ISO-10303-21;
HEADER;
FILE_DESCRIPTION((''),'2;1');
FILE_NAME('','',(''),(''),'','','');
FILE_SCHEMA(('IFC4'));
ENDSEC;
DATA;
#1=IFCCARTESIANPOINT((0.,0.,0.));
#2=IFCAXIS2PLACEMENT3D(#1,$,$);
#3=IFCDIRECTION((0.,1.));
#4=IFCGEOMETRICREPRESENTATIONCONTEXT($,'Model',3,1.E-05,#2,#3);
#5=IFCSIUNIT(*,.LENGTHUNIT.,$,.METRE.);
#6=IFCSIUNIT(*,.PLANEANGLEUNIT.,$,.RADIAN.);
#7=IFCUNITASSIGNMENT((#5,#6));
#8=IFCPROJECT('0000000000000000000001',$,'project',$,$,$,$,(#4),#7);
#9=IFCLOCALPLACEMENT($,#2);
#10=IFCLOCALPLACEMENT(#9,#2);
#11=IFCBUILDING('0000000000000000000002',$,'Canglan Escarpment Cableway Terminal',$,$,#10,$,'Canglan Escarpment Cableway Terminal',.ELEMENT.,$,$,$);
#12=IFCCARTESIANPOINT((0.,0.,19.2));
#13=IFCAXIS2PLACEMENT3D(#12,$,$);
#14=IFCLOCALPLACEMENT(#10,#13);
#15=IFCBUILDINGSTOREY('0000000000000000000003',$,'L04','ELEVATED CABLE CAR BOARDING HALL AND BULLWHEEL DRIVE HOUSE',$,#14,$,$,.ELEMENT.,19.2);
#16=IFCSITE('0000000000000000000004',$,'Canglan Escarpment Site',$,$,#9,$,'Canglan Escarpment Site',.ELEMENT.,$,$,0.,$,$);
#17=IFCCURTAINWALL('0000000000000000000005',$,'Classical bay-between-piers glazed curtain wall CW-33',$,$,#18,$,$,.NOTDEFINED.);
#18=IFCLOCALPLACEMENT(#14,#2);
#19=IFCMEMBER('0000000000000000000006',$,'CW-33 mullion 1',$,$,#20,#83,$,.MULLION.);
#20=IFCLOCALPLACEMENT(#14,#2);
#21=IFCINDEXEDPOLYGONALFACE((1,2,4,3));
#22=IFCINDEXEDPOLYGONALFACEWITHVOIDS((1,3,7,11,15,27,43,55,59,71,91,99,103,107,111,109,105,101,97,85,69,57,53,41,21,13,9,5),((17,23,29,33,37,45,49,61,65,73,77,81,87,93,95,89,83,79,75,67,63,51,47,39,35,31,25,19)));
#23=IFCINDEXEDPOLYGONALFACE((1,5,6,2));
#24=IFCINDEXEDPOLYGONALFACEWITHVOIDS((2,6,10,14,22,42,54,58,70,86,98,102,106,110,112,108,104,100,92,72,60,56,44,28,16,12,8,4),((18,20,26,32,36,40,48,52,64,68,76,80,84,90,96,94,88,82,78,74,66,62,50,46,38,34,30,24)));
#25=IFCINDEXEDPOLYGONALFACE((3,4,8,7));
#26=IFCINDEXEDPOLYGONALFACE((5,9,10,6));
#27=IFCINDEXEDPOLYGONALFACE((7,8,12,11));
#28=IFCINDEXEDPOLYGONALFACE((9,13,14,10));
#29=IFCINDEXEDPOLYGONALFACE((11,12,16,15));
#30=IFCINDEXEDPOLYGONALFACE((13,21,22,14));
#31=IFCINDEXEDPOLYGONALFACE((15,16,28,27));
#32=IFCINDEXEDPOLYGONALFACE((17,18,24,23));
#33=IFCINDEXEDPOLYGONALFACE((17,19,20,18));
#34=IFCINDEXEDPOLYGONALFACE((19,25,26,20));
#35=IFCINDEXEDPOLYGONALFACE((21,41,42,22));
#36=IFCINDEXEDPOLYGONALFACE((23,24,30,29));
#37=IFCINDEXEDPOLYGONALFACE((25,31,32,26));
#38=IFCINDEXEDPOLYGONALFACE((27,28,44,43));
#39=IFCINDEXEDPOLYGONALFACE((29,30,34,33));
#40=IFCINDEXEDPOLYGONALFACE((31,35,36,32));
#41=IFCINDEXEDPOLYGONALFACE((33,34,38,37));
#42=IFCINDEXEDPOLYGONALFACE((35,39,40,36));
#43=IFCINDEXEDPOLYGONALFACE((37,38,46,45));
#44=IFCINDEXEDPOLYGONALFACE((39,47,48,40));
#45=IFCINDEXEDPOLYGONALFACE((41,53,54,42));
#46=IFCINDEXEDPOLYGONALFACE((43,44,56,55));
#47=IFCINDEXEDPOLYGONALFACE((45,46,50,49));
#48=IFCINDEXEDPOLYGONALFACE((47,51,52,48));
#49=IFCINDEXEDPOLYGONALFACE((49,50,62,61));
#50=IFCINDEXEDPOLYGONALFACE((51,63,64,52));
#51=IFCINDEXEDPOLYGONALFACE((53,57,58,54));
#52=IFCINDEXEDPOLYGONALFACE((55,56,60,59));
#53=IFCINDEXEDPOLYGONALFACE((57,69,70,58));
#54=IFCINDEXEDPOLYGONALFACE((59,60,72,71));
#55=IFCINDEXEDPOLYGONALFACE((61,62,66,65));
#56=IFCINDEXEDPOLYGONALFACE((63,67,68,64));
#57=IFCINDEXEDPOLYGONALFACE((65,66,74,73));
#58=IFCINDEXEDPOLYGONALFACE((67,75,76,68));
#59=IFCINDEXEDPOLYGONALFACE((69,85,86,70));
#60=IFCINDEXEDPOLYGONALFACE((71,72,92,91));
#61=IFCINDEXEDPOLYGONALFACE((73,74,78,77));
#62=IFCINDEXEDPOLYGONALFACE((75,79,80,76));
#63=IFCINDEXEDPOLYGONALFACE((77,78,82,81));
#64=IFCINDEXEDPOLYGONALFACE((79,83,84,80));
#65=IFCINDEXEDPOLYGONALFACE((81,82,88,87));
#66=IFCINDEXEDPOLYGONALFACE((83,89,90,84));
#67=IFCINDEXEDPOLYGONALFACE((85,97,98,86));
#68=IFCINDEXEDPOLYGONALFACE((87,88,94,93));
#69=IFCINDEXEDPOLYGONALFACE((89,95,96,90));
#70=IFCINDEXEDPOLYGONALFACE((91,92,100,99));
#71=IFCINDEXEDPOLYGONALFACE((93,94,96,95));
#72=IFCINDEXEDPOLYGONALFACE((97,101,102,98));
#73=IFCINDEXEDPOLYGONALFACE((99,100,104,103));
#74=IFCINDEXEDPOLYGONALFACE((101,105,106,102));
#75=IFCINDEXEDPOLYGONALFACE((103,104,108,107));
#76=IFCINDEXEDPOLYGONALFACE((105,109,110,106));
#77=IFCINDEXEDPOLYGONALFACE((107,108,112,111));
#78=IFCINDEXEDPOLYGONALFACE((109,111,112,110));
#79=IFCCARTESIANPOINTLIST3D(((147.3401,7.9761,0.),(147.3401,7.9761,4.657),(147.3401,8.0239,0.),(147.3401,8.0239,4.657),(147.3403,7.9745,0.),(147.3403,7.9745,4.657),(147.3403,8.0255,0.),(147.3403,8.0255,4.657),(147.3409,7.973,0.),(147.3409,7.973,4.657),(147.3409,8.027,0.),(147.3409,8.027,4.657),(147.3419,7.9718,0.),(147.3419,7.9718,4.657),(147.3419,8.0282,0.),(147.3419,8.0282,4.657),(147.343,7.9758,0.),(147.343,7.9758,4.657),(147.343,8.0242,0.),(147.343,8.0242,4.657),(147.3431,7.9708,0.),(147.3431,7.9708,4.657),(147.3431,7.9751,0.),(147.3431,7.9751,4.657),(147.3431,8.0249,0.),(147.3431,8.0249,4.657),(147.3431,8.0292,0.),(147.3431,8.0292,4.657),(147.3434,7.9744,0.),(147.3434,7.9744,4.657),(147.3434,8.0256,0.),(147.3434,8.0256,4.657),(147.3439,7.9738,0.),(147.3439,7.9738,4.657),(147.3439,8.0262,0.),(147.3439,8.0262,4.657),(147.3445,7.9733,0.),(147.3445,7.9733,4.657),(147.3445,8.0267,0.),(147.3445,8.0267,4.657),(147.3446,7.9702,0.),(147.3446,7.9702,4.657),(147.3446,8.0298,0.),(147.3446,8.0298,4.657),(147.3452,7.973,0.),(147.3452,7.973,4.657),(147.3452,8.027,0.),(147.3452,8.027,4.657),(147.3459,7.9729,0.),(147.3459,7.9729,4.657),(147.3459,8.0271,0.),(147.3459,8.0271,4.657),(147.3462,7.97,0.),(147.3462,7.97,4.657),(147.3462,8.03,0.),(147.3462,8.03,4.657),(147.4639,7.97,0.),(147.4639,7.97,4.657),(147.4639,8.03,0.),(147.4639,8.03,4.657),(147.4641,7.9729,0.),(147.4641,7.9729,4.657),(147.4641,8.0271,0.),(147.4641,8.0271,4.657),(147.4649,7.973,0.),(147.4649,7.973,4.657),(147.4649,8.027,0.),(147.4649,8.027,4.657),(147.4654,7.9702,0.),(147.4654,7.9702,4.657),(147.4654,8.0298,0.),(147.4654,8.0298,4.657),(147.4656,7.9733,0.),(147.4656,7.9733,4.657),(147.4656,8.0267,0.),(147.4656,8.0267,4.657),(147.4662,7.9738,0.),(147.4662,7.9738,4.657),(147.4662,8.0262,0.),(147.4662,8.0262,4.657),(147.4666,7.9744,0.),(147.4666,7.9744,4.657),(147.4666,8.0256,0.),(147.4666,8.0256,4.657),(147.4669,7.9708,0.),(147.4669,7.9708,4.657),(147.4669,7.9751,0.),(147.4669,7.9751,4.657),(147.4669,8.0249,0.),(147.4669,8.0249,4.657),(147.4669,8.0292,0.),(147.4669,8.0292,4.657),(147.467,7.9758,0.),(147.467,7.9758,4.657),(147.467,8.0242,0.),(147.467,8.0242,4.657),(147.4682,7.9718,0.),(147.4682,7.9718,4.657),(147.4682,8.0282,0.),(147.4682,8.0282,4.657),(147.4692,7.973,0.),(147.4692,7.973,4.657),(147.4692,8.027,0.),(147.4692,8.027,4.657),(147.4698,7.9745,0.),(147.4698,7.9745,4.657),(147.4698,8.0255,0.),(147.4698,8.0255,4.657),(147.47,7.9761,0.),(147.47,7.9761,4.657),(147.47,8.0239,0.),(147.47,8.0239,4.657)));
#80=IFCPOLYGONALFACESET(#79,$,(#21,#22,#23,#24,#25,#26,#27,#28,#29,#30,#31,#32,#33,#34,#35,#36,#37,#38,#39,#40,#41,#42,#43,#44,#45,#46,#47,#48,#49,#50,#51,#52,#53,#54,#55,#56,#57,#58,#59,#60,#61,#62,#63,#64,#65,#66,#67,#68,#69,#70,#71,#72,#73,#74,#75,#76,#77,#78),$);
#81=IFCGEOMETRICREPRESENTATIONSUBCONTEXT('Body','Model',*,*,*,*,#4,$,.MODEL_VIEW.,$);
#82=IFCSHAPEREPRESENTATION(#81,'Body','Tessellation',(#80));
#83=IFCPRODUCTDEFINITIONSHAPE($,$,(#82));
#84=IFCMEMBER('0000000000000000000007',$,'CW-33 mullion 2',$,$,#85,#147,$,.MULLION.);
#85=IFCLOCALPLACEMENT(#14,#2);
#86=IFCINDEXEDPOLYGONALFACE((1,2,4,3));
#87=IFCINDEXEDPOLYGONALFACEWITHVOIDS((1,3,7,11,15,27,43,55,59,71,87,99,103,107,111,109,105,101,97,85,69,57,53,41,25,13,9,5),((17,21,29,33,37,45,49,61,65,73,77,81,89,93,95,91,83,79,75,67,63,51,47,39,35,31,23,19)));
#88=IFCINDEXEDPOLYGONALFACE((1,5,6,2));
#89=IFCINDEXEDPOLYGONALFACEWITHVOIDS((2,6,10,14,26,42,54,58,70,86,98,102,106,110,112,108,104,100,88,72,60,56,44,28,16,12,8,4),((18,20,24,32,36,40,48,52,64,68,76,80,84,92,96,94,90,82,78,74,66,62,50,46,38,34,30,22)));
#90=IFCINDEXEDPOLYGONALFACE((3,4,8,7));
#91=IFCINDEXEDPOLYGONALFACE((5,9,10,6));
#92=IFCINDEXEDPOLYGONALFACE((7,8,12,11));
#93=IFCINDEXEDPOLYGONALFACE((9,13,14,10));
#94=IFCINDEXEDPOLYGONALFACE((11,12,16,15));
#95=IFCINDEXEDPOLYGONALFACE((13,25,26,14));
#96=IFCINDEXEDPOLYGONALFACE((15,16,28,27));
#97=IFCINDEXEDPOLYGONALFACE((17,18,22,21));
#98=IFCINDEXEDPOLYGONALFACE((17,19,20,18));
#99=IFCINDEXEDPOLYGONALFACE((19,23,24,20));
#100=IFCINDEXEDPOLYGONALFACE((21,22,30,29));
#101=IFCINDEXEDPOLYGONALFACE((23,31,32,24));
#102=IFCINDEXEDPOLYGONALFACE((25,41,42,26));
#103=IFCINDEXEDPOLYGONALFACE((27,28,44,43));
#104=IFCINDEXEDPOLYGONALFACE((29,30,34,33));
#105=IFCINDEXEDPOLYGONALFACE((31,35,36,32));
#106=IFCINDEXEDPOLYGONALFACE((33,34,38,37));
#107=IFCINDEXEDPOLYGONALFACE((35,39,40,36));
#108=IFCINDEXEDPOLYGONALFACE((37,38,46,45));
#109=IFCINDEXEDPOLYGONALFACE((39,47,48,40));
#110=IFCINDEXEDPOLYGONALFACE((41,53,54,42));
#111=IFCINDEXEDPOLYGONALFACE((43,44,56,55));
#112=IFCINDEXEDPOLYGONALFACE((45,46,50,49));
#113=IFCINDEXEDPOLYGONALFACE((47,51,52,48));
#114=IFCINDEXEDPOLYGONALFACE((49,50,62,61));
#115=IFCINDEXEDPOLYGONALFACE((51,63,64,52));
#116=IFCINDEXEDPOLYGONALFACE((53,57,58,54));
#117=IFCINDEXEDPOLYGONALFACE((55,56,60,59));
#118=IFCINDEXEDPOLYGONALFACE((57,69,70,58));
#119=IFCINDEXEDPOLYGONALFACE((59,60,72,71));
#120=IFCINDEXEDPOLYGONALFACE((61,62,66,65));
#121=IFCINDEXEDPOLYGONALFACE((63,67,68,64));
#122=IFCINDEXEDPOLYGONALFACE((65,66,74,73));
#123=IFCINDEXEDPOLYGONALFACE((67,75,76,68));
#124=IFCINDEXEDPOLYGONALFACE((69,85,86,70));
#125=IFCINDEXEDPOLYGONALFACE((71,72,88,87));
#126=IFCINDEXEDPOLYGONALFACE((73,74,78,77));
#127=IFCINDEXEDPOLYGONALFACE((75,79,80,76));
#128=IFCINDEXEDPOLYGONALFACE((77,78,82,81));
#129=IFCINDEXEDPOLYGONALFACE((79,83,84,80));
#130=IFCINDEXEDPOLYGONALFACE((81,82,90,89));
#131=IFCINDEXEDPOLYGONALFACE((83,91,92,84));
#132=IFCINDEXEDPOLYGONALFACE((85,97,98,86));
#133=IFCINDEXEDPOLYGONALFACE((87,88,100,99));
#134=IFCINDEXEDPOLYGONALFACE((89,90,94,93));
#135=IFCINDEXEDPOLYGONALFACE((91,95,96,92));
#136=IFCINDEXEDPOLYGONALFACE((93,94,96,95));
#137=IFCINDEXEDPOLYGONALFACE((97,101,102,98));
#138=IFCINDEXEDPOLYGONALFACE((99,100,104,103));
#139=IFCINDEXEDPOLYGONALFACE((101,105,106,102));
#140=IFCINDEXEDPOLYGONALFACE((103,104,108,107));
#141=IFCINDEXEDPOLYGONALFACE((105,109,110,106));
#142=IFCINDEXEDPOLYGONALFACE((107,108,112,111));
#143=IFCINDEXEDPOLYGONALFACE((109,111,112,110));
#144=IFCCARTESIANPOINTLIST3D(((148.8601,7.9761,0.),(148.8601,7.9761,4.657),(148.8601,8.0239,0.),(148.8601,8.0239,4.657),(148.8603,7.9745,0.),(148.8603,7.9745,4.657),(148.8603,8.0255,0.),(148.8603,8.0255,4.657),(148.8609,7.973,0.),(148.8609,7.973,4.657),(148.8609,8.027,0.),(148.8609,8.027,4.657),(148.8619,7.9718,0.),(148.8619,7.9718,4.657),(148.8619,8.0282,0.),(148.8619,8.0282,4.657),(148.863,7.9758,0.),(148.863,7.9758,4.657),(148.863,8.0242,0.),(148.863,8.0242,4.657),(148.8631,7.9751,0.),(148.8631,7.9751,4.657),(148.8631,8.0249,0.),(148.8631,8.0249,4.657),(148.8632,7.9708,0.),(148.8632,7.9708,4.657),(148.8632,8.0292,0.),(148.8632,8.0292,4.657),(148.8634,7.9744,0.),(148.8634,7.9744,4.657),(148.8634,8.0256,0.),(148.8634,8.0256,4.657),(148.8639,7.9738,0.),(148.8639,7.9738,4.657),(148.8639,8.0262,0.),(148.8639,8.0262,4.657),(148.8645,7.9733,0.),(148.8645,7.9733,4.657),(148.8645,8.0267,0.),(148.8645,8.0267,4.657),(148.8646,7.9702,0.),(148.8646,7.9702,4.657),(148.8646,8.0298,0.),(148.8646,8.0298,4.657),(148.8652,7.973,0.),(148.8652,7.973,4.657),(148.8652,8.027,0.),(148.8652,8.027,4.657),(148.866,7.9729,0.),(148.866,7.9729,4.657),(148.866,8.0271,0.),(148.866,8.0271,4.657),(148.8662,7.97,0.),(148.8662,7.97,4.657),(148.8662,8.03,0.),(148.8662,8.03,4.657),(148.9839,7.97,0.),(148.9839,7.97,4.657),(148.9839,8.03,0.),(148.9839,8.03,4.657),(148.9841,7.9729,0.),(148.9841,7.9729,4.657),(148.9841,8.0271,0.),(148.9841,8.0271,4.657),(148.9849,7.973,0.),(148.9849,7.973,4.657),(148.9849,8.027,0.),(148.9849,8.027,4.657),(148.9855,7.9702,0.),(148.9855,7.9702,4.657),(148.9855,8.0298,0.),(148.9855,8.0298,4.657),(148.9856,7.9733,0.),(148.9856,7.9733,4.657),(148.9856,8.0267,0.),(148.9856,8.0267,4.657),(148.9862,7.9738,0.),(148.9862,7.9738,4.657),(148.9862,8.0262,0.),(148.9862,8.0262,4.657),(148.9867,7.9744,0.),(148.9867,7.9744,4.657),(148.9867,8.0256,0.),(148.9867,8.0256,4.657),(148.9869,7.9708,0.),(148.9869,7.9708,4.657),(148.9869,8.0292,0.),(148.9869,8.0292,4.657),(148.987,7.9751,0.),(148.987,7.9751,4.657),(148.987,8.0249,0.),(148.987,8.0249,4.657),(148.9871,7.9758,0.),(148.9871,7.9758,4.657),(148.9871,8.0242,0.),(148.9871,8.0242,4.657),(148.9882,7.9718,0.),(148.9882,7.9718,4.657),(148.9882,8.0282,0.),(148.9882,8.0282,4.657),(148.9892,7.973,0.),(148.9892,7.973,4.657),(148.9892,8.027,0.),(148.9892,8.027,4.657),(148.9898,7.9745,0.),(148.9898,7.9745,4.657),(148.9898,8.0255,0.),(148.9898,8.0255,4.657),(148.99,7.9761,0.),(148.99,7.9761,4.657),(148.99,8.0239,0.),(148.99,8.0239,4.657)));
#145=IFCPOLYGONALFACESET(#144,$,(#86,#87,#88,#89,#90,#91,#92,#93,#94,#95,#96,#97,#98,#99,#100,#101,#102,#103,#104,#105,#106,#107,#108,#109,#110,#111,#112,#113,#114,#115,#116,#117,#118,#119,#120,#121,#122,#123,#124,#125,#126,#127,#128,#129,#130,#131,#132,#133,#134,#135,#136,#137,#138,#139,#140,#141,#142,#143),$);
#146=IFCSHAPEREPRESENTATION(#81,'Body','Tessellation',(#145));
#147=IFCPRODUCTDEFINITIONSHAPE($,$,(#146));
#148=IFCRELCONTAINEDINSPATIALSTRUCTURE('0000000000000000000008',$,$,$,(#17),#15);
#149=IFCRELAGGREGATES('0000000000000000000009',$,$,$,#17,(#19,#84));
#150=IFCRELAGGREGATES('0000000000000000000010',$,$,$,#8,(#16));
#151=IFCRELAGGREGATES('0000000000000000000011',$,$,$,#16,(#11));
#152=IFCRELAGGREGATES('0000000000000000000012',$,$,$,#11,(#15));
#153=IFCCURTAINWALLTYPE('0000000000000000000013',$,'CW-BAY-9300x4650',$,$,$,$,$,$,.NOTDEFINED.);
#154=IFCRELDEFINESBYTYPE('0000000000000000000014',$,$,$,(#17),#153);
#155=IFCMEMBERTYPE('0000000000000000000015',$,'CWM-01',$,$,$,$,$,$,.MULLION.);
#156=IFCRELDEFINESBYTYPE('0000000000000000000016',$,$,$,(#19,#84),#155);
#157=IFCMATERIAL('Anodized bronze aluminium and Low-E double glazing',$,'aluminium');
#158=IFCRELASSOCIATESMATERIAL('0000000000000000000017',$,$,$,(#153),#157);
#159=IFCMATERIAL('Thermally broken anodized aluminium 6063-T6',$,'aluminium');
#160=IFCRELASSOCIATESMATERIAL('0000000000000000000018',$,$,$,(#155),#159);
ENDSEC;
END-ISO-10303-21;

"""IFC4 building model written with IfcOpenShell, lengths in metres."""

from ifc_helpers import new_model, si_unit, direction, frame, origin, origin_2d, place, context, subcontext, project, spatial, hollow_rectangle, extrude, material, material_profile, profile_set, type_object, element, aggregate, save


model = new_model("IFC4")

# Units and contexts
model_context = context("Model", 3, precision=1e-05, world=origin(), true_north=direction((0.0, 1.0)))
body_context = subcontext(model_context, "Body", "Model", "MODEL_VIEW")
ifc_project = project(units=[si_unit("LENGTHUNIT", "METRE"), si_unit("PLANEANGLEUNIT", "RADIAN")], contexts=[model_context])

# Site, building, storey
site_placement = place(None, origin())
site = spatial("IfcSite", under=ifc_project, at=site_placement, Name="Canglan Escarpment Site", LongName="Canglan Escarpment Site", CompositionType="ELEMENT", RefElevation=0.0)
building_placement = place(site_placement, origin())
building = spatial("IfcBuilding", under=site, at=building_placement, Name="Canglan Escarpment Cableway Terminal", LongName="Canglan Escarpment Cableway Terminal", CompositionType="ELEMENT")
storey_placement = place(building_placement, frame((0.0, 0.0, 19.2)))
storey = spatial("IfcBuildingStorey", under=building, at=storey_placement, Name="L04", Description="ELEVATED CABLE CAR BOARDING HALL AND BULLWHEEL DRIVE HOUSE", CompositionType="ELEMENT", Elevation=19.2)

# Curtain wall, members
ifc_material_1 = material(Name="Anodized bronze aluminium and Low-E double glazing", Category="aluminium")
curtain_wall_type = type_object("IfcCurtainWallType", Name="CW-BAY-9300x4650", PredefinedType="NOTDEFINED", material=ifc_material_1)
curtain_wall_placement = place(storey_placement, origin())
curtain_wall = element("IfcCurtainWall", 1, at=curtain_wall_placement, inside=storey, type_object=curtain_wall_type, Name="Classical bay-between-piers glazed curtain wall CW-33", PredefinedType="NOTDEFINED")
ifc_material_2 = material(Name="Thermally broken anodized aluminium 6063-T6", Category="aluminium")
ifc_material_profile_1 = material_profile(ifc_material_2, hollow_rectangle(XDim=0.0601, YDim=0.1299, WallThickness=0.0029, InnerFilletRadius=0.0029, OuterFilletRadius=0.0061, at=origin_2d()), Name="ALU-MULL 60x130x3")
ifc_profile_set_1 = profile_set([ifc_material_profile_1], Name="Thermally broken anodized aluminium 6063-T6")
member_type_1 = type_object("IfcMemberType", Name="CWM-01", PredefinedType="MULLION", material=ifc_profile_set_1)
member_1_placement = place(storey_placement, frame((147.405, 8.0, 0.0), z_axis=(0.0, 0.0, 1.0), x_axis=(0.0, 1.0, 0.0)))
member_1 = element("IfcMember", 2, at=member_1_placement, type_object=member_type_1, Name="CW-33 mullion 1", PredefinedType="MULLION", context=body_context, shape_type="SweptSolid", body=[
    extrude(hollow_rectangle(XDim=0.0601, YDim=0.1299, WallThickness=0.0029, InnerFilletRadius=0.0029, OuterFilletRadius=0.0061, at=origin_2d()), origin(), (0.0, 0.0, 1.0), 4.657),
])
member_2_placement = place(storey_placement, frame((148.925, 8.0, 0.0), z_axis=(0.0, 0.0, 1.0), x_axis=(0.0, 1.0, 0.0)))
member_2 = element("IfcMember", 3, at=member_2_placement, type_object=member_type_1, Name="CW-33 mullion 2", PredefinedType="MULLION", context=body_context, shape_type="SweptSolid", body=[
    extrude(hollow_rectangle(XDim=0.0601, YDim=0.1299, WallThickness=0.0029, InnerFilletRadius=0.0029, OuterFilletRadius=0.0061, at=origin_2d()), origin(), (0.0, 0.0, 1.0), 4.657),
])
aggregate(curtain_wall, [member_1, member_2])

save(model, "model.ifc")
